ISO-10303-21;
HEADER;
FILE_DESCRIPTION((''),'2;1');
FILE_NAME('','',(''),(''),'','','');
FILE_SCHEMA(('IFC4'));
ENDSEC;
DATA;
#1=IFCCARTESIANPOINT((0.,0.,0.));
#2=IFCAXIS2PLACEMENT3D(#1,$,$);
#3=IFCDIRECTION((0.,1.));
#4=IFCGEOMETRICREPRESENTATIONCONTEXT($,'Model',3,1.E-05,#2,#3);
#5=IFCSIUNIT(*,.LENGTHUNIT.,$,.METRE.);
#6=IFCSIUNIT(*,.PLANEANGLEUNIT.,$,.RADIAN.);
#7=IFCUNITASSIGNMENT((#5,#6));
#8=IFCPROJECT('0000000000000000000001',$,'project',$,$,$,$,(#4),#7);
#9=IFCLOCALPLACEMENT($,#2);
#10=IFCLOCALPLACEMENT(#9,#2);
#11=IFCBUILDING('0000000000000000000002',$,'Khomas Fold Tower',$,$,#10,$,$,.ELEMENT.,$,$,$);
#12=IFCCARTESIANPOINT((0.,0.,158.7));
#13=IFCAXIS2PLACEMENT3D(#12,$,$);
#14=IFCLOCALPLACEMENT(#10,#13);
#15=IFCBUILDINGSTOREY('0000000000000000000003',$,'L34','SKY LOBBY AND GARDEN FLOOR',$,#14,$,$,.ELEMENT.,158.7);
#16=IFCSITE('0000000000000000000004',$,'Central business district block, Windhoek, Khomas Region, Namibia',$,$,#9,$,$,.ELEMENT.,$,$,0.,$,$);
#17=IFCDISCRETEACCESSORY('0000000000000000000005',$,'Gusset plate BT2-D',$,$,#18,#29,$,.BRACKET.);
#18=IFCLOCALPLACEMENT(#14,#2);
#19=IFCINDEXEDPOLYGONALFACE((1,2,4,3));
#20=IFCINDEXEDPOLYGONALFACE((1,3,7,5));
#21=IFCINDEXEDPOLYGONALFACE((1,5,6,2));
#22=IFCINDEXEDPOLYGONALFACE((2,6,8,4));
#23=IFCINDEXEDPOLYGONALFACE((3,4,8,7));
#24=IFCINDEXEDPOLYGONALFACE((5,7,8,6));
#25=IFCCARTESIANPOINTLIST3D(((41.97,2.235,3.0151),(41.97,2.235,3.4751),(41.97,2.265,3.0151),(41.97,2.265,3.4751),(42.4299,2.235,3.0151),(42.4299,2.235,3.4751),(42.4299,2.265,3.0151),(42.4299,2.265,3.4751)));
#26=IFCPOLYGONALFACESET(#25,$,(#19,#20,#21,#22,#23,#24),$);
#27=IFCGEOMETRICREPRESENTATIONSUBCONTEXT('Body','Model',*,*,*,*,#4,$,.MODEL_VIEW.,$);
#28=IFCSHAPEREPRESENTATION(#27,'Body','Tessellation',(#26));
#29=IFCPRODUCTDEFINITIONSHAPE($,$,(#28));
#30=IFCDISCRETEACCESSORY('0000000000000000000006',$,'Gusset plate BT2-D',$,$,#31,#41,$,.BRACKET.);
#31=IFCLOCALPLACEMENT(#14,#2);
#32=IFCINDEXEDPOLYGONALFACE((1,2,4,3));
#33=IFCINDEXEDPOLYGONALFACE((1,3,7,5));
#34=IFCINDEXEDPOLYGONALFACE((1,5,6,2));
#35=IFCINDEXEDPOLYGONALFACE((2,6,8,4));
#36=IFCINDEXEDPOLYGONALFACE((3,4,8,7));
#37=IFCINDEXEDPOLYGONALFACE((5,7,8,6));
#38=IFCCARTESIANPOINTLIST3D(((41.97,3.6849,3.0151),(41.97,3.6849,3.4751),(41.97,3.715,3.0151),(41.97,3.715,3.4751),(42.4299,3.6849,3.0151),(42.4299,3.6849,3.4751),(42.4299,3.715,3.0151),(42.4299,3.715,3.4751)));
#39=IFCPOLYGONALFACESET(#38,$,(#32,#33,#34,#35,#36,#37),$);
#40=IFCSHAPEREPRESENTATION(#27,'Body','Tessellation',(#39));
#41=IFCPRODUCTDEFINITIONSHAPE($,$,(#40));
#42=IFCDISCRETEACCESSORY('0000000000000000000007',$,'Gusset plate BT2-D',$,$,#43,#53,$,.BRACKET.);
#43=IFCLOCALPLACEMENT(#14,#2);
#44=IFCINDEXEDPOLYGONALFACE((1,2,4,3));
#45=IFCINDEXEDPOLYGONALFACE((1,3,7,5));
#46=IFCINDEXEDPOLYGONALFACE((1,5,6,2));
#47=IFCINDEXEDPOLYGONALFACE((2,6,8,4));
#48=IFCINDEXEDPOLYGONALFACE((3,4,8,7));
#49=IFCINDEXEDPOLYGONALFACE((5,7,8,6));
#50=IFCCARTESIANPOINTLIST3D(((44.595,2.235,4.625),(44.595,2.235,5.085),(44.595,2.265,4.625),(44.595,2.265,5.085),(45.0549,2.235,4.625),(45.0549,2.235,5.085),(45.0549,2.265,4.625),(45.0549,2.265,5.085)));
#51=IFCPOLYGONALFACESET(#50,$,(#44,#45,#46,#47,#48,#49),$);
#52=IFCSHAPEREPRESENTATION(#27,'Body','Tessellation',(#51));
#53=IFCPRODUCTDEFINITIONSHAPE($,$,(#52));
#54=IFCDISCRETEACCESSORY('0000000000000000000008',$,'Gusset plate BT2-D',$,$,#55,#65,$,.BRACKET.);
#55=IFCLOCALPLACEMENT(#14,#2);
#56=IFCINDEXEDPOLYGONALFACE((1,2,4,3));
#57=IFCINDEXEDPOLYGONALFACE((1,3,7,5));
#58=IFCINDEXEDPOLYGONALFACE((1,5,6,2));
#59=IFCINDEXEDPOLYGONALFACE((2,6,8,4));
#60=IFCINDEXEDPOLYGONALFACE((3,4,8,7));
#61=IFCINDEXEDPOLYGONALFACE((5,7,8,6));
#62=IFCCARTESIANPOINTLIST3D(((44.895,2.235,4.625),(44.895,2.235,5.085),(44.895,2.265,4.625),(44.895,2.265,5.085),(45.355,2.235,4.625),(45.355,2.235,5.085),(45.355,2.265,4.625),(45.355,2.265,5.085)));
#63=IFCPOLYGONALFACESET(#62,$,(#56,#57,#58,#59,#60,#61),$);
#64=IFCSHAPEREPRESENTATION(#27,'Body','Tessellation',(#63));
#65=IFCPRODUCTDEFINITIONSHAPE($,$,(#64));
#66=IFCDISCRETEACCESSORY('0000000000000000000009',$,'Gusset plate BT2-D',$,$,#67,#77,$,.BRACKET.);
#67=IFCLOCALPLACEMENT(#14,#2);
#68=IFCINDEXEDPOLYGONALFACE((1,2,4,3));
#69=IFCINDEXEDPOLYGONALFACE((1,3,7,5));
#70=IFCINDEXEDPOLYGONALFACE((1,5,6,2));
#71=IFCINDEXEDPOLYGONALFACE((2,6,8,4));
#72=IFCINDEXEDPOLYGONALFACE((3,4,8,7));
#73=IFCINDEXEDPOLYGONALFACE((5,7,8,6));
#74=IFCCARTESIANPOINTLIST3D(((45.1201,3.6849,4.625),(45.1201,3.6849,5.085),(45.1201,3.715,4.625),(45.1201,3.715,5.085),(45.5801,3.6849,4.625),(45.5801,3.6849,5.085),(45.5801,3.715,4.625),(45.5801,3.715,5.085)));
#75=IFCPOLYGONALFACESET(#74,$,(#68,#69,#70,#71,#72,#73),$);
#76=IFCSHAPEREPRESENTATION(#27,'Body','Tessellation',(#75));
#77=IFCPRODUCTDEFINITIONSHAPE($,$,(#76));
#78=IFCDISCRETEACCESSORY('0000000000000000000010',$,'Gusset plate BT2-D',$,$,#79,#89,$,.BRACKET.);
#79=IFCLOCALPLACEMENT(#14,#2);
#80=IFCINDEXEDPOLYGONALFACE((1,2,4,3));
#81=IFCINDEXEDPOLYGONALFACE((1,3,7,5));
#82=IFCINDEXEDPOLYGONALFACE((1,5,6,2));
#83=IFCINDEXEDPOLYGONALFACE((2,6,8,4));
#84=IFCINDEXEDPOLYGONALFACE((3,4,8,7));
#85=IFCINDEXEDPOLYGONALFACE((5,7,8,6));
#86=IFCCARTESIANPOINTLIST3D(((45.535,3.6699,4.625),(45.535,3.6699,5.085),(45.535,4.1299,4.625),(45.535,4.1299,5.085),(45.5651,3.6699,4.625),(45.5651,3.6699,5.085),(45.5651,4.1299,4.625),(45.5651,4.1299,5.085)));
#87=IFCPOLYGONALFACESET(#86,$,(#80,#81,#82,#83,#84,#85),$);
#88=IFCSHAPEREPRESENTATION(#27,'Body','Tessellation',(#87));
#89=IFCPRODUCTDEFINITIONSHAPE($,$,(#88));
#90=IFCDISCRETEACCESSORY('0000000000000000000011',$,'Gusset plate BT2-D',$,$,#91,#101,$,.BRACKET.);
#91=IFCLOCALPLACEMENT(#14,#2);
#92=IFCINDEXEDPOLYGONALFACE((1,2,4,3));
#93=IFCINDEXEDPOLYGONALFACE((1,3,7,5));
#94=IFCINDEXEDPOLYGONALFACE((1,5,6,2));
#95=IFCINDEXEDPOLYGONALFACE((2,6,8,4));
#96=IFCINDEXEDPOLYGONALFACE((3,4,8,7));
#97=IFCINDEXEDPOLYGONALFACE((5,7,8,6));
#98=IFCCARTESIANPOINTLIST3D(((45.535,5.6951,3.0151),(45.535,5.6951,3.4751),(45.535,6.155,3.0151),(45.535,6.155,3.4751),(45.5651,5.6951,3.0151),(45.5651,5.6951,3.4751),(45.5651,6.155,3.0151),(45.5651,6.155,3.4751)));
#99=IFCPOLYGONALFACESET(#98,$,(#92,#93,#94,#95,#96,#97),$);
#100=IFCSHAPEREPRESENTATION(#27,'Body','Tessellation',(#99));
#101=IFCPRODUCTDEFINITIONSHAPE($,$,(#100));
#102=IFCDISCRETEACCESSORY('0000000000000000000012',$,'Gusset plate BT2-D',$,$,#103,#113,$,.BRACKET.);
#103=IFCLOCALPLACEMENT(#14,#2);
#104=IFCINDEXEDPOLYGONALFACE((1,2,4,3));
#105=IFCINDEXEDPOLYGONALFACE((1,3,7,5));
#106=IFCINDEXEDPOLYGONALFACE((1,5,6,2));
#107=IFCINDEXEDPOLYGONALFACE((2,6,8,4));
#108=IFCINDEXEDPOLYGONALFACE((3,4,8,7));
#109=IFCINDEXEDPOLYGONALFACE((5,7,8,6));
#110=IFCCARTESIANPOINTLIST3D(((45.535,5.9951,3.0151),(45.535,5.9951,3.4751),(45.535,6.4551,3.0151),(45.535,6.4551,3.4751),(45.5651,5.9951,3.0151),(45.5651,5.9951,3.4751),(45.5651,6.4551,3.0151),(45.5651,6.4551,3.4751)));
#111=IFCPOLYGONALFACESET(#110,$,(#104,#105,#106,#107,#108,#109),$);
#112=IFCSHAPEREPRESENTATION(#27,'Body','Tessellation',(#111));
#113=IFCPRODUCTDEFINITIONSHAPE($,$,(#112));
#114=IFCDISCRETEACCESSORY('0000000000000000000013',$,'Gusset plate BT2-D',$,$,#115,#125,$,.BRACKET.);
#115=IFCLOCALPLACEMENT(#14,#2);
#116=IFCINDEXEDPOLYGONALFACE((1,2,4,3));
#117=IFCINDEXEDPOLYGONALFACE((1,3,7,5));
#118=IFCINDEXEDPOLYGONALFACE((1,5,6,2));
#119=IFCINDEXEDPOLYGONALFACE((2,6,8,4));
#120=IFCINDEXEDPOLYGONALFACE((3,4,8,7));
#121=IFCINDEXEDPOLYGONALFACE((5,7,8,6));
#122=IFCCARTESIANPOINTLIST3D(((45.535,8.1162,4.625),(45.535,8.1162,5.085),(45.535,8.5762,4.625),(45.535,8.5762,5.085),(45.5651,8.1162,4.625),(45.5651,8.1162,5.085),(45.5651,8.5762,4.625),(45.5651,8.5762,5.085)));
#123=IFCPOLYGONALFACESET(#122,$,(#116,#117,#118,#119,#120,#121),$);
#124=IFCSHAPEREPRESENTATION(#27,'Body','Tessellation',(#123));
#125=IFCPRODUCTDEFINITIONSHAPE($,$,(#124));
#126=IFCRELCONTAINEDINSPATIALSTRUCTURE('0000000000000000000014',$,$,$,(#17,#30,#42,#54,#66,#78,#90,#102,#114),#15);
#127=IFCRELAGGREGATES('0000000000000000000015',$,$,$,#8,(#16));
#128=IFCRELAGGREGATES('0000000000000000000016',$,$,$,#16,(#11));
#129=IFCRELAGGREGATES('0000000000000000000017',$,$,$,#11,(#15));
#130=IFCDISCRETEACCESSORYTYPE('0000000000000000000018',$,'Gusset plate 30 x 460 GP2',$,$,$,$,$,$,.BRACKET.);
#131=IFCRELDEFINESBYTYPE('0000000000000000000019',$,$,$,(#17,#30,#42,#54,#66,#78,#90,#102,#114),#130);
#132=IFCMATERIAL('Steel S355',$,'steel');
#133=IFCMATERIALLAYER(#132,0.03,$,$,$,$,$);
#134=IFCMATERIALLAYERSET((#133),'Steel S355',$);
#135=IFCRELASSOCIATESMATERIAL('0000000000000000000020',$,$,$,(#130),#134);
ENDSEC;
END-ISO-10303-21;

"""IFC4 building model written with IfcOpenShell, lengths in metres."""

from ifc_helpers import new_model, si_unit, direction, frame, origin, origin_2d, place, context, subcontext, project, spatial, rectangle, extrude, source, transform, mapped, material, layer, layer_set, type_object, element, save


model = new_model("IFC4")

# Units and contexts
model_context = context("Model", 3, precision=1e-05, world=origin(), true_north=direction((0.0, 1.0)))
body_context = subcontext(model_context, "Body", "Model", "MODEL_VIEW")
ifc_project = project(units=[si_unit("LENGTHUNIT", "METRE"), si_unit("PLANEANGLEUNIT", "RADIAN")], contexts=[model_context])

# Site, building, storey
site_placement = place(None, origin())
site = spatial("IfcSite", under=ifc_project, at=site_placement, Name="Central business district block, Windhoek, Khomas Region, Namibia", CompositionType="ELEMENT", RefElevation=0.0)
building_placement = place(site_placement, origin())
building = spatial("IfcBuilding", under=site, at=building_placement, Name="Khomas Fold Tower", CompositionType="ELEMENT")
storey_placement = place(building_placement, frame((0.0, 0.0, 158.7)))
storey = spatial("IfcBuildingStorey", under=building, at=storey_placement, Name="L34", Description="SKY LOBBY AND GARDEN FLOOR", CompositionType="ELEMENT", Elevation=158.7)

# Discrete accessories
ifc_material_1 = material(Name="Steel S355", Category="steel")
ifc_layer_1 = layer(ifc_material_1, 0.03)
ifc_layer_set_1 = layer_set([ifc_layer_1], Name="Steel S355")
discrete_accessory_type = type_object("IfcDiscreteAccessoryType", Name="Gusset plate 30 x 460 GP2", PredefinedType="BRACKET", material=ifc_layer_set_1)
shared_shape_1 = source(origin(), body_context, "Body", "SweptSolid", [
    extrude(rectangle(XDim=0.46, YDim=0.03, at=origin_2d()), origin(), (0.0, 0.0, 1.0), 0.46),
])
for number, where, z_axis, x_axis, name in (
    (1, (42.2, 2.25, 3.0151), (0.0, 0.0, 1.0), (1.0, 0.0, 0.0), "Gusset plate BT2-D"),
    (2, (42.2, 3.7, 3.0151), (0.0, 0.0, 1.0), (1.0, 0.0, 0.0), "Gusset plate BT2-D"),
    (3, (44.825, 2.25, 4.625), (0.0, 0.0, 1.0), (1.0, 0.0, 0.0), "Gusset plate BT2-D"),
    (4, (45.125, 2.25, 4.625), (0.0, 0.0, 1.0), (1.0, 0.0, 0.0), "Gusset plate BT2-D"),
    (5, (45.3501, 3.7, 4.625), (0.0, 0.0, 1.0), (1.0, 0.0, 0.0), "Gusset plate BT2-D"),
    (6, (45.55, 3.8999, 4.625), (0.0, 0.0, 1.0), (0.0, 1.0, 0.0), "Gusset plate BT2-D"),
    (7, (45.55, 5.925, 3.0151), (0.0, 0.0, 1.0), (0.0, 1.0, 0.0), "Gusset plate BT2-D"),
    (8, (45.55, 6.2251, 3.0151), (0.0, 0.0, 1.0), (0.0, 1.0, 0.0), "Gusset plate BT2-D"),
    (9, (45.55, 8.3462, 4.625), (0.0, 0.0, 1.0), (0.0, 1.0, 0.0), "Gusset plate BT2-D"),
):
    element("IfcDiscreteAccessory", number, at=place(storey_placement, frame(where, z_axis=z_axis, x_axis=x_axis)), inside=storey, type_object=discrete_accessory_type, Name=name, PredefinedType="BRACKET", context=body_context, shape_type="MappedRepresentation", body=[
        mapped(shared_shape_1, transform((0.0, 0.0, 0.0))),
    ])

save(model, "model.ifc")
